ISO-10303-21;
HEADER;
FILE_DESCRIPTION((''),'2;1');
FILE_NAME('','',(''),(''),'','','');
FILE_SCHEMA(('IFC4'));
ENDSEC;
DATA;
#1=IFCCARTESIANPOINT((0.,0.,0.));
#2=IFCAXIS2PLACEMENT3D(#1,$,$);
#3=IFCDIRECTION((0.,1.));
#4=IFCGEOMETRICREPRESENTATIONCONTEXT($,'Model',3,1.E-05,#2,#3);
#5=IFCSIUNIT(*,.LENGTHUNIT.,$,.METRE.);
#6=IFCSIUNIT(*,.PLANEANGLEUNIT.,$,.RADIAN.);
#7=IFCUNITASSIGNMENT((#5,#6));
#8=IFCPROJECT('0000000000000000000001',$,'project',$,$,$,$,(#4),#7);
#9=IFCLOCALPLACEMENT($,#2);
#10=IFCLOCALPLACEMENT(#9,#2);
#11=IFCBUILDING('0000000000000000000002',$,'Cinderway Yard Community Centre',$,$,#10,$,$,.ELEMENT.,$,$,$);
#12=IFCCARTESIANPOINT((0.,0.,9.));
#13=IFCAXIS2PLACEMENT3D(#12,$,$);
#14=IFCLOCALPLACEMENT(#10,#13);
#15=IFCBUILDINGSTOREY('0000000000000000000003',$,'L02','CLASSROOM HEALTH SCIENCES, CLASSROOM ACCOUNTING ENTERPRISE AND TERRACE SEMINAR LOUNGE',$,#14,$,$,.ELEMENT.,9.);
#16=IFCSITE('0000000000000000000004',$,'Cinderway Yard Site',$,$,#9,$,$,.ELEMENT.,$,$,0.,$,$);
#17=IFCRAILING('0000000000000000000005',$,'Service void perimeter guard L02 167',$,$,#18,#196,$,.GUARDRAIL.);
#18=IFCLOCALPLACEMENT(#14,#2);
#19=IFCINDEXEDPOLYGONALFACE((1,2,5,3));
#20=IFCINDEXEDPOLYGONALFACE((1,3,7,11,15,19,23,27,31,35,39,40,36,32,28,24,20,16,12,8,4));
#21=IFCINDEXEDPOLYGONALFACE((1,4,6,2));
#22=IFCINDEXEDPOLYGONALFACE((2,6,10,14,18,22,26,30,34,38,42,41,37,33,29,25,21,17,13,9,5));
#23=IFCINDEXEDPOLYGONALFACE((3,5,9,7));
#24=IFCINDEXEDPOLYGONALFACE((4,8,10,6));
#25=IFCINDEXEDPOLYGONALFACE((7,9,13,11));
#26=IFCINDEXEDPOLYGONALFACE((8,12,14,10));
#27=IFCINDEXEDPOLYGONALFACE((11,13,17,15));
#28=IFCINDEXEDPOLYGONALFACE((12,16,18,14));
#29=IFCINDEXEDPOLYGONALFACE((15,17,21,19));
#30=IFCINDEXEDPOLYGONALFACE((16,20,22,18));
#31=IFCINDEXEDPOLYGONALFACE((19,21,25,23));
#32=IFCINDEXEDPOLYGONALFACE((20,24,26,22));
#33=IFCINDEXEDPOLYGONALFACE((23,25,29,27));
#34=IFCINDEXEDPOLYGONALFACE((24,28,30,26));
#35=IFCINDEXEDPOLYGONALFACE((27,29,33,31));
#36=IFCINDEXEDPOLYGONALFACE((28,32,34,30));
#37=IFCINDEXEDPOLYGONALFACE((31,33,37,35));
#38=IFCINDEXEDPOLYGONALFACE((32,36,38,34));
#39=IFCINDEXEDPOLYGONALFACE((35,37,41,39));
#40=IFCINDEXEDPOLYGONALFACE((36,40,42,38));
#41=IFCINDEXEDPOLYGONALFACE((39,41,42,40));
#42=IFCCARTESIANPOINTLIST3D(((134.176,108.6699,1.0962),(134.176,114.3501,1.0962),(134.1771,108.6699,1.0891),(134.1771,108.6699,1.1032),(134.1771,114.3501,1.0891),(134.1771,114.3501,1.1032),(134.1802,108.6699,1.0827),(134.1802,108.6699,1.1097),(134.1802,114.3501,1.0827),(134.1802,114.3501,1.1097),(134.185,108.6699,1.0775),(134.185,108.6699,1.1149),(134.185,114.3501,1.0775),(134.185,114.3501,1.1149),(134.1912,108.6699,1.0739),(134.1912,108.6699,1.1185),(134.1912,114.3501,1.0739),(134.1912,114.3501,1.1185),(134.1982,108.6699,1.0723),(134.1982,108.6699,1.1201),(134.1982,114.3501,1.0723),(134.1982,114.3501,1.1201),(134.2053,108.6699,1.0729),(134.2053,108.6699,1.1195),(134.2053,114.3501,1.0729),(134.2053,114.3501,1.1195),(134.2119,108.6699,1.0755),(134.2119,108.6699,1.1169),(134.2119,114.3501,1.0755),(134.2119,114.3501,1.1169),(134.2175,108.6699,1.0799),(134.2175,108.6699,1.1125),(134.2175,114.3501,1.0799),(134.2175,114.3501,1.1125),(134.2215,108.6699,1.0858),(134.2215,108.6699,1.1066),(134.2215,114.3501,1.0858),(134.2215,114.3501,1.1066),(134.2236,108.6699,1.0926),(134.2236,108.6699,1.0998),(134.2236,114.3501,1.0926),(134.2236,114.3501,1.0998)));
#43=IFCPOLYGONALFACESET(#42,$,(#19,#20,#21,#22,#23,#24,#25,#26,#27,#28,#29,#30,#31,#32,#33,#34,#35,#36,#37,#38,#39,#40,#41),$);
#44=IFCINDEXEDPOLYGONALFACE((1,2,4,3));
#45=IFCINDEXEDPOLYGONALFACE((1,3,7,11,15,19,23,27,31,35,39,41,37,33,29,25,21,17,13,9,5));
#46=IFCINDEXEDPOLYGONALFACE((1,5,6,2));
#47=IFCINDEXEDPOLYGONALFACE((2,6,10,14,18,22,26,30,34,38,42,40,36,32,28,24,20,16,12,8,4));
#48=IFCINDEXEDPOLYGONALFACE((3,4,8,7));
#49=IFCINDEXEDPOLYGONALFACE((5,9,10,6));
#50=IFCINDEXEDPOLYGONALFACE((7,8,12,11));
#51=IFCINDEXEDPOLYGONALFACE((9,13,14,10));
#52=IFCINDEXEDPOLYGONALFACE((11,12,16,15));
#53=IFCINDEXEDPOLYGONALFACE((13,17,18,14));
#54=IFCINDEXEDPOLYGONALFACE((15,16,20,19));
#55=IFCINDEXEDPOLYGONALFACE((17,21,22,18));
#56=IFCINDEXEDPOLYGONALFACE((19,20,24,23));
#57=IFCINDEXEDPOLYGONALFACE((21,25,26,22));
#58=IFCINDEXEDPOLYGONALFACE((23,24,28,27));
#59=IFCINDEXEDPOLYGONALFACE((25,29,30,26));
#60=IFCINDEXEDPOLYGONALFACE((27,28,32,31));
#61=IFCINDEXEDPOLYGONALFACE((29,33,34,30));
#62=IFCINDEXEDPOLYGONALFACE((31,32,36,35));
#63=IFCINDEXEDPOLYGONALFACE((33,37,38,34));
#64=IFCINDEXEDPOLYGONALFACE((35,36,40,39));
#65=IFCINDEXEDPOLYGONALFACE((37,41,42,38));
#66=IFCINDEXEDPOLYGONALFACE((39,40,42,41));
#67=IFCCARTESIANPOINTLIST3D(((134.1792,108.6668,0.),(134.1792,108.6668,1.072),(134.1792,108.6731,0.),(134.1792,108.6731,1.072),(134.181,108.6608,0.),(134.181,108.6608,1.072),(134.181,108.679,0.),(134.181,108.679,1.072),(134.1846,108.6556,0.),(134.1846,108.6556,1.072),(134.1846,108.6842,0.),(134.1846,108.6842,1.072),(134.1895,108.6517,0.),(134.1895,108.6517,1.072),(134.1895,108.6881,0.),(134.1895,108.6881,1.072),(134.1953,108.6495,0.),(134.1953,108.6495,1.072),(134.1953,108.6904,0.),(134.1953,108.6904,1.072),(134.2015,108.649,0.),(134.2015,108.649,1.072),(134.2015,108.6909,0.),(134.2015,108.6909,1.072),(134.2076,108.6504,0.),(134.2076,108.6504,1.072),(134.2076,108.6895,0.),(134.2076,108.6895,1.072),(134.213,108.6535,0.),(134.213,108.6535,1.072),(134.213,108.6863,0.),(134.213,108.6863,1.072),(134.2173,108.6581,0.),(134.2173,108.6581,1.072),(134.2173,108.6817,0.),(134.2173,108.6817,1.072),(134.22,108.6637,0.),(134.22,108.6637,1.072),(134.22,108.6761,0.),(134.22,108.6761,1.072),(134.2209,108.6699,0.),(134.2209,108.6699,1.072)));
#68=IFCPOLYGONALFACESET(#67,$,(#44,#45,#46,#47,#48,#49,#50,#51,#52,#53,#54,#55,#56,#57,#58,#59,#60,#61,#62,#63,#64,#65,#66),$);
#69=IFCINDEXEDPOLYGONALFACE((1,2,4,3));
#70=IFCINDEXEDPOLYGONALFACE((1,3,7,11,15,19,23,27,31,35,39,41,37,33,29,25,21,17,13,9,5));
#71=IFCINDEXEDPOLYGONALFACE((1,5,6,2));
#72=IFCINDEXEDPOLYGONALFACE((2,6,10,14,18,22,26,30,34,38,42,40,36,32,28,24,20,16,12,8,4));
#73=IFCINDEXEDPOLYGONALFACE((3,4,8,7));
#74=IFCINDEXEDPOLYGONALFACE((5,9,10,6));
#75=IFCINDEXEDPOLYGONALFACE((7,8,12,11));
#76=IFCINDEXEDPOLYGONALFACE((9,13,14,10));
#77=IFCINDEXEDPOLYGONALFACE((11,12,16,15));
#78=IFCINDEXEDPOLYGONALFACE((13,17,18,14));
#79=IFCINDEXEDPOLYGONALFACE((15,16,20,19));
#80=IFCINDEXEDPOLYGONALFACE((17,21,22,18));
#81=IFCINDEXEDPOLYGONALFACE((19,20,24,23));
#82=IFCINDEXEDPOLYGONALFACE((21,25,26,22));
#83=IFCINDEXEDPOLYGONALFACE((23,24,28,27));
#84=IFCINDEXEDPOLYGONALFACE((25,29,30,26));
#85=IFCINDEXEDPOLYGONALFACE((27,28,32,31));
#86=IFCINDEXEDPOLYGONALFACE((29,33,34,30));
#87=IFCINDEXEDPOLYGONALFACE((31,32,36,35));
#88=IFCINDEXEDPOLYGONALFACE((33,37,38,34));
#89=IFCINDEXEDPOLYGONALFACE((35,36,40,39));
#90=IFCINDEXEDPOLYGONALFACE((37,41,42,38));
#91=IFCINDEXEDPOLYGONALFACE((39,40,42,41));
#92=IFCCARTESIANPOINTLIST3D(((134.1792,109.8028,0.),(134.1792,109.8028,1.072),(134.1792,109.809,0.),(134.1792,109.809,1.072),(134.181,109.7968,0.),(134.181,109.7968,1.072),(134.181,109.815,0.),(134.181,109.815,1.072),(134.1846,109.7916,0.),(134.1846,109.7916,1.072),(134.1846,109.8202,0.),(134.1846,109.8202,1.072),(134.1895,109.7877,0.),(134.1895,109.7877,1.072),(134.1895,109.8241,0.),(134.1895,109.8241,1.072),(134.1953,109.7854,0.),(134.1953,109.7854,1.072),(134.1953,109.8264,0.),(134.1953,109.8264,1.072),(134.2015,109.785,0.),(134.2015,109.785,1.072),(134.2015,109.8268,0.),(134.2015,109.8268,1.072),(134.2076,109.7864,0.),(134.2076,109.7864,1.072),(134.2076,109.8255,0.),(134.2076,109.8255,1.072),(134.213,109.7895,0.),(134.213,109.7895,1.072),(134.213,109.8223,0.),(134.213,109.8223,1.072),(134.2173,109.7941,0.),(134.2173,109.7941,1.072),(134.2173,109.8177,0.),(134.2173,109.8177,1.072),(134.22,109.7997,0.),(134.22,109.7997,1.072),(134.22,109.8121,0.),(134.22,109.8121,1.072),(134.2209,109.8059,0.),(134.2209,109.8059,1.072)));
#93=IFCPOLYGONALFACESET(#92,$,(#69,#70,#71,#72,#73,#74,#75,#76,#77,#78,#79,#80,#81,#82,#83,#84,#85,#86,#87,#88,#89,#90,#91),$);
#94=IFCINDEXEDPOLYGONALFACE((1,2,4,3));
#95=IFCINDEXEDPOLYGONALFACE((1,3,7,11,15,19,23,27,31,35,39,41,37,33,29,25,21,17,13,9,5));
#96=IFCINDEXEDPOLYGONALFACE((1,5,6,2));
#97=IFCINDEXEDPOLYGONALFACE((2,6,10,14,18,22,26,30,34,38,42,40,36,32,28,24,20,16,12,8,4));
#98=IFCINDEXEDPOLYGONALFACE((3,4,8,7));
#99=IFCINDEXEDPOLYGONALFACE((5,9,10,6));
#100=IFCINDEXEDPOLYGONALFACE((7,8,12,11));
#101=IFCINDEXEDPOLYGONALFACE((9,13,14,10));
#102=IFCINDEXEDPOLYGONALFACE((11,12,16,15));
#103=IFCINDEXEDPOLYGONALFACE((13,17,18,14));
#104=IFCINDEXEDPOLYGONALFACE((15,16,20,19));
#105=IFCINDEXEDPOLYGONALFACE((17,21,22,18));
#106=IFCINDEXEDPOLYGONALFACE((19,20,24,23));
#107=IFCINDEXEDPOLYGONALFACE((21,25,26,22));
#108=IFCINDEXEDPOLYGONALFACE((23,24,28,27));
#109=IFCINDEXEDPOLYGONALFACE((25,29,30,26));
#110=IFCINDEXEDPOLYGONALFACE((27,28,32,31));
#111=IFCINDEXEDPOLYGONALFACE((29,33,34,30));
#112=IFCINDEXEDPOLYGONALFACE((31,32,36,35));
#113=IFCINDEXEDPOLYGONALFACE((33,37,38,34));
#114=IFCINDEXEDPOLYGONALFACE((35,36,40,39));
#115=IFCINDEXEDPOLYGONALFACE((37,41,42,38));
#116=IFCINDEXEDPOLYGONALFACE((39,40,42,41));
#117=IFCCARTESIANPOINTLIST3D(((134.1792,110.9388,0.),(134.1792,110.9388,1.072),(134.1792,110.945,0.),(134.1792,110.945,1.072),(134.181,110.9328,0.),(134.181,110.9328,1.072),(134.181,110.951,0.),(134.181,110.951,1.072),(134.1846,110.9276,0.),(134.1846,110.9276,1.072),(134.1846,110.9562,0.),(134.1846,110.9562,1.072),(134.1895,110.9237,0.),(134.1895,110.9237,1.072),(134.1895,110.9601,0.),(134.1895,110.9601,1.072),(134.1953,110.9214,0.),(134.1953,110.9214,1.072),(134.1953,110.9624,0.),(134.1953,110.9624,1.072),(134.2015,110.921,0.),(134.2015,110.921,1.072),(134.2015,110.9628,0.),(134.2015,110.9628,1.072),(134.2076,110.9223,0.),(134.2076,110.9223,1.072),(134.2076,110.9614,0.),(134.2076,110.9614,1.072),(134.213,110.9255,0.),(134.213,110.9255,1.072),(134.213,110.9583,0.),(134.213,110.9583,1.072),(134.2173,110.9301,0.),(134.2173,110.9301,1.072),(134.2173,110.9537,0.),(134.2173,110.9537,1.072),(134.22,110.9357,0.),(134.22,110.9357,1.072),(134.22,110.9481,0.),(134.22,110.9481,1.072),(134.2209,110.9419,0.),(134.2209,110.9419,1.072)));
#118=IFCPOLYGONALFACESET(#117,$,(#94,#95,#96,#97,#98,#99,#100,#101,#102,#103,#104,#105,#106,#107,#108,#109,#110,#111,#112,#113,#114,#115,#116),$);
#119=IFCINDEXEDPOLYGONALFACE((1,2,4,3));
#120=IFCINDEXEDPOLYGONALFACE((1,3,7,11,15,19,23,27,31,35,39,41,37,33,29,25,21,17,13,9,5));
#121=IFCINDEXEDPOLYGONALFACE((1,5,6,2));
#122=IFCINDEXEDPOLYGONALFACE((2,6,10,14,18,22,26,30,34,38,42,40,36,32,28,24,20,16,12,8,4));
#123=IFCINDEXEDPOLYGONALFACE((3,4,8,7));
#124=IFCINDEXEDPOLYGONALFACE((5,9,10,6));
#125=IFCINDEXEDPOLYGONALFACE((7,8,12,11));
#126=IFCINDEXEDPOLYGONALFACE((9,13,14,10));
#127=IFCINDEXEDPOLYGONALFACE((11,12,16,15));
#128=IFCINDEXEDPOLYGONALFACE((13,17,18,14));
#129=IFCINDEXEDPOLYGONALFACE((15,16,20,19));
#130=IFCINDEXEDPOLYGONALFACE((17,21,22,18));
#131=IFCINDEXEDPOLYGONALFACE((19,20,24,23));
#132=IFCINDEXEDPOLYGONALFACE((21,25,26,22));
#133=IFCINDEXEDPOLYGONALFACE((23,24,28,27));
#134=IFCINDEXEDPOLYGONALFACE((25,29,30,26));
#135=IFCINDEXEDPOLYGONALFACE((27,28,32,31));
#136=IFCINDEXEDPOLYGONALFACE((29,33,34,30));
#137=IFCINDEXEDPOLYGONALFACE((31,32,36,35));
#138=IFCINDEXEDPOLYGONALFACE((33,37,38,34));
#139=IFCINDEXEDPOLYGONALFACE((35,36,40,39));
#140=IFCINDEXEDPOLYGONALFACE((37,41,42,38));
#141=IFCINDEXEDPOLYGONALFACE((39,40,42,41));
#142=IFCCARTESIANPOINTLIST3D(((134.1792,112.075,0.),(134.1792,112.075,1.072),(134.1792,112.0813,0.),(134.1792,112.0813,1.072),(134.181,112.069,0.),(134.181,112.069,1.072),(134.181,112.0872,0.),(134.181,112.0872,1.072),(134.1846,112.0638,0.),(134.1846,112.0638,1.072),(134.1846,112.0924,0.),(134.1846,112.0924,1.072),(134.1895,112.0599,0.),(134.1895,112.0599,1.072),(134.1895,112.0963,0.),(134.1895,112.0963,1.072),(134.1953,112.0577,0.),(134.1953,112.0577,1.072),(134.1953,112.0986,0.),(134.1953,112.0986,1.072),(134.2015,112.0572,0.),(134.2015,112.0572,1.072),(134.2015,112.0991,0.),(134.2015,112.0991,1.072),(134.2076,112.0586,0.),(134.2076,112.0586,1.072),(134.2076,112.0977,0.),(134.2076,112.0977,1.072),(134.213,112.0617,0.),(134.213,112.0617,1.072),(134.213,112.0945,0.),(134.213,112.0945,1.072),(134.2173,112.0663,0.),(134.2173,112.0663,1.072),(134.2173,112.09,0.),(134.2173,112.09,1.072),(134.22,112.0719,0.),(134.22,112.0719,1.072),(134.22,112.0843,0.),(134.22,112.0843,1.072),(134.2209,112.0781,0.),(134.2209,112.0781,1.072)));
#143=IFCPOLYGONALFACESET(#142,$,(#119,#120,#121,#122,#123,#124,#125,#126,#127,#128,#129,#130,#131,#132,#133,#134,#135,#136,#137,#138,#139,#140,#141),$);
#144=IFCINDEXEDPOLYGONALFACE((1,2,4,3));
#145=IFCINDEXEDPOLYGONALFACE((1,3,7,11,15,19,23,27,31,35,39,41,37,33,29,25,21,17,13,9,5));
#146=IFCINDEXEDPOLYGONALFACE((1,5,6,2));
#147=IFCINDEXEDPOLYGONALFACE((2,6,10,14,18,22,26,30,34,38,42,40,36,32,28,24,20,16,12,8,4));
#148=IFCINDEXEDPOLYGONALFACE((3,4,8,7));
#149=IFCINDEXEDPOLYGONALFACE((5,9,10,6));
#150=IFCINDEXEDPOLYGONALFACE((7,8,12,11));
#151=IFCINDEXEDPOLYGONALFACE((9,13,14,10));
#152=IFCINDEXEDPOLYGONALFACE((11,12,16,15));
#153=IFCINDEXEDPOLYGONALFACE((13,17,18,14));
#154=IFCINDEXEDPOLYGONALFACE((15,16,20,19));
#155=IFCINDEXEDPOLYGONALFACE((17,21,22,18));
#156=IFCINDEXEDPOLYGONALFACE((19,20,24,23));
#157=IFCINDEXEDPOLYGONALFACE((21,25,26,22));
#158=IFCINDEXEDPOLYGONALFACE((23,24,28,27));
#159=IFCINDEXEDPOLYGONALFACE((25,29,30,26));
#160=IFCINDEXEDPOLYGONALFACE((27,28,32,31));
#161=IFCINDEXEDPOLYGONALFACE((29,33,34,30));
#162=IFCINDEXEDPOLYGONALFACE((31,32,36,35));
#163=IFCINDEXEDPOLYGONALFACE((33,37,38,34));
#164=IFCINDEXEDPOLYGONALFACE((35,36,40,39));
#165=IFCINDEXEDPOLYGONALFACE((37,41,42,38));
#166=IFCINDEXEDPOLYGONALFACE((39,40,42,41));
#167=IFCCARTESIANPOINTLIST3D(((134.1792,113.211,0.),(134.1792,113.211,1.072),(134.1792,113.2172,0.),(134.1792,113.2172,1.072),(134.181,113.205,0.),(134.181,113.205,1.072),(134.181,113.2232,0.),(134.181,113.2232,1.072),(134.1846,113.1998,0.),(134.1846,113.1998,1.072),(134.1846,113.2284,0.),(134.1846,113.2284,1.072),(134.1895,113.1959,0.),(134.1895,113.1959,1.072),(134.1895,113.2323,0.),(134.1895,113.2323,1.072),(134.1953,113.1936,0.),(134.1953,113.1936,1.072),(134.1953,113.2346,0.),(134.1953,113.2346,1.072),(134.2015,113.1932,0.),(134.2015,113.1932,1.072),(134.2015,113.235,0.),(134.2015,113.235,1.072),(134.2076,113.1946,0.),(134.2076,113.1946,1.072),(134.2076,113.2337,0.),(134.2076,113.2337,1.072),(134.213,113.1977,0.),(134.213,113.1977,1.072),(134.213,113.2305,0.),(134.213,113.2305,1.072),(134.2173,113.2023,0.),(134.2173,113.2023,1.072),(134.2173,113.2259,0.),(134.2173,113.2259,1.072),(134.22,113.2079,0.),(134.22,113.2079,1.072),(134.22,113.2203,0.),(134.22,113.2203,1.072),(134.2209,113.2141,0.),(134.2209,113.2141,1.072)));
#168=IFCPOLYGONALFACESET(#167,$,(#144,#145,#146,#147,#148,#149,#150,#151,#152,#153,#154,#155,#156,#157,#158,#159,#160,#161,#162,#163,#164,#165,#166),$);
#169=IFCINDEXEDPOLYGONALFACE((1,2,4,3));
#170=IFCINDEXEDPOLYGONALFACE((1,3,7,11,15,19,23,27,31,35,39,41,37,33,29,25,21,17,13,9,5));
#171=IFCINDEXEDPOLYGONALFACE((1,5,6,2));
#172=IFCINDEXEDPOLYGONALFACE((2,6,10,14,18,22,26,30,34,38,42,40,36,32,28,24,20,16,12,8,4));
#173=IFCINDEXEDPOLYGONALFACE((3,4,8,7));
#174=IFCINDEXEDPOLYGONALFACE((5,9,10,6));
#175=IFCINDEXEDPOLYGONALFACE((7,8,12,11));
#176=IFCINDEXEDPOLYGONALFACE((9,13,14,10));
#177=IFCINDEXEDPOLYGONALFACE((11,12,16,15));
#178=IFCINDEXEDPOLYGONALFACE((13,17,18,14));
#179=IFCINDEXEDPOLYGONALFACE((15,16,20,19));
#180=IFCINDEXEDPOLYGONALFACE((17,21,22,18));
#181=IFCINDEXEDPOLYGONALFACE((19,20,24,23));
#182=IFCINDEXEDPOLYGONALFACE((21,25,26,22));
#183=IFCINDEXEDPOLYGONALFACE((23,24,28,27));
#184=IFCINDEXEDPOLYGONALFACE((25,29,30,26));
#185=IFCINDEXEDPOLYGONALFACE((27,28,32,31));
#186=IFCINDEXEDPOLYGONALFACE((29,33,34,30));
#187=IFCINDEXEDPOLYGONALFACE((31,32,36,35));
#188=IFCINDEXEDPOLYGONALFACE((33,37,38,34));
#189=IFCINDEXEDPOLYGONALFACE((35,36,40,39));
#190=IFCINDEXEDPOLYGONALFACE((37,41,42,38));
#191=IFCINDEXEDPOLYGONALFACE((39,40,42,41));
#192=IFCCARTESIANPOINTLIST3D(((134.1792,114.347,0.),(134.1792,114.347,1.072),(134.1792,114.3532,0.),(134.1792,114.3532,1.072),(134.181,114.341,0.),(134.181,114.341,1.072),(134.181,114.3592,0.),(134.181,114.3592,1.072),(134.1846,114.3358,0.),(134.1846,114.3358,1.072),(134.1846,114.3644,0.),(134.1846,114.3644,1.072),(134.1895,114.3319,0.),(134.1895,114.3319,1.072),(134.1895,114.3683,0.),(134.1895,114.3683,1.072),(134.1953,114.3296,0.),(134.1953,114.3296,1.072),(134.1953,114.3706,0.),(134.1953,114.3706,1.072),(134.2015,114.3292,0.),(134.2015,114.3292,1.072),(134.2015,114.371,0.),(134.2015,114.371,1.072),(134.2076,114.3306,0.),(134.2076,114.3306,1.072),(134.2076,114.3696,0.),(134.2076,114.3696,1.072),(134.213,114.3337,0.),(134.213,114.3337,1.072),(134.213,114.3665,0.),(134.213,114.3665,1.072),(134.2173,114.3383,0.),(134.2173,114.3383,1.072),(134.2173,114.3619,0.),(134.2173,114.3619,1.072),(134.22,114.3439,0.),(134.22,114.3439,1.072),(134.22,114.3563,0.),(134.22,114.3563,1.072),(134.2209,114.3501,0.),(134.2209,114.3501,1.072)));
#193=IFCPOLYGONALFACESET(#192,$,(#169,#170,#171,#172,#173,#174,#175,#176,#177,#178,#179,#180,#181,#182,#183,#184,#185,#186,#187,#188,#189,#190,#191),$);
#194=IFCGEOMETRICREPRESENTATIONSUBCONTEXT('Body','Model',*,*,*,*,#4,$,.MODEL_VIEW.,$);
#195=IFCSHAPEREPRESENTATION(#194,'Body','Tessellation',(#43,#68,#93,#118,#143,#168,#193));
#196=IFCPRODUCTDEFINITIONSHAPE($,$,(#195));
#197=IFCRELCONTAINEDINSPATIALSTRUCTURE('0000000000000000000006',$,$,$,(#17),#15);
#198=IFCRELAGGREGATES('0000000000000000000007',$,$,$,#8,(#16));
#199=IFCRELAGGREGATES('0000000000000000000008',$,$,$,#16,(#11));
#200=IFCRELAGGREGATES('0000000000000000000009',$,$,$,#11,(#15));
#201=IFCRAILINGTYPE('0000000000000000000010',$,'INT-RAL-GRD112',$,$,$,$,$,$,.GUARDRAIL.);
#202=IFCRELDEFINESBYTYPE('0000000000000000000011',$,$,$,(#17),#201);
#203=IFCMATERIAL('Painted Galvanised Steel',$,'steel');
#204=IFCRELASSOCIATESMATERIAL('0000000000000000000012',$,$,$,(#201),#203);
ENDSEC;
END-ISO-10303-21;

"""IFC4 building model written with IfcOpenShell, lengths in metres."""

from ifc_helpers import new_model, si_unit, direction, frame, origin, origin_2d, place, context, subcontext, project, spatial, circle, extrude, material, type_object, element, save


model = new_model("IFC4")

# Units and contexts
model_context = context("Model", 3, precision=1e-05, world=origin(), true_north=direction((0.0, 1.0)))
body_context = subcontext(model_context, "Body", "Model", "MODEL_VIEW")
ifc_project = project(units=[si_unit("LENGTHUNIT", "METRE"), si_unit("PLANEANGLEUNIT", "RADIAN")], contexts=[model_context])

# Site, building, storey
site_placement = place(None, origin())
site = spatial("IfcSite", under=ifc_project, at=site_placement, Name="Cinderway Yard Site", CompositionType="ELEMENT", RefElevation=0.0)
building_placement = place(site_placement, origin())
building = spatial("IfcBuilding", under=site, at=building_placement, Name="Cinderway Yard Community Centre", CompositionType="ELEMENT")
storey_placement = place(building_placement, frame((0.0, 0.0, 9.0)))
storey = spatial("IfcBuildingStorey", under=building, at=storey_placement, Name="L02", Description="CLASSROOM HEALTH SCIENCES, CLASSROOM ACCOUNTING ENTERPRISE AND TERRACE SEMINAR LOUNGE", CompositionType="ELEMENT", Elevation=9.0)

# Shared definitions
ifc_material_1 = material(Name="Painted Galvanised Steel", Category="steel")

# Railing
railing_type_1 = type_object("IfcRailingType", Name="INT-RAL-GRD112", PredefinedType="GUARDRAIL", material=ifc_material_1)
railing_1_placement = place(storey_placement, frame((134.2, 108.6699, 0.0)))
element("IfcRailing", 1, at=railing_1_placement, inside=storey, type_object=railing_type_1, Name="Service void perimeter guard L02 167", PredefinedType="GUARDRAIL", context=body_context, shape_type="SweptSolid", body=[
    extrude(circle(Radius=0.0239, at=origin_2d()), frame((0.0, 0.0, 1.0962), z_axis=(0.0, 1.0, 0.0), x_axis=(-1.0, 0.0, 0.0)), (0.0, 0.0, 1.0), 5.6802),
    extrude(circle(Radius=0.021, at=origin_2d()), origin(), (0.0, 0.0, 1.0), 1.072),
    extrude(circle(Radius=0.021, at=origin_2d()), frame((0.0, 1.136, 0.0)), (0.0, 0.0, 1.0), 1.072),
    extrude(circle(Radius=0.021, at=origin_2d()), frame((0.0, 2.272, 0.0)), (0.0, 0.0, 1.0), 1.072),
    extrude(circle(Radius=0.021, at=origin_2d()), frame((0.0, 3.4082, 0.0)), (0.0, 0.0, 1.0), 1.072),
    extrude(circle(Radius=0.021, at=origin_2d()), frame((0.0, 4.5442, 0.0)), (0.0, 0.0, 1.0), 1.072),
    extrude(circle(Radius=0.021, at=origin_2d()), frame((0.0, 5.6802, 0.0)), (0.0, 0.0, 1.0), 1.072),
])

save(model, "model.ifc")
